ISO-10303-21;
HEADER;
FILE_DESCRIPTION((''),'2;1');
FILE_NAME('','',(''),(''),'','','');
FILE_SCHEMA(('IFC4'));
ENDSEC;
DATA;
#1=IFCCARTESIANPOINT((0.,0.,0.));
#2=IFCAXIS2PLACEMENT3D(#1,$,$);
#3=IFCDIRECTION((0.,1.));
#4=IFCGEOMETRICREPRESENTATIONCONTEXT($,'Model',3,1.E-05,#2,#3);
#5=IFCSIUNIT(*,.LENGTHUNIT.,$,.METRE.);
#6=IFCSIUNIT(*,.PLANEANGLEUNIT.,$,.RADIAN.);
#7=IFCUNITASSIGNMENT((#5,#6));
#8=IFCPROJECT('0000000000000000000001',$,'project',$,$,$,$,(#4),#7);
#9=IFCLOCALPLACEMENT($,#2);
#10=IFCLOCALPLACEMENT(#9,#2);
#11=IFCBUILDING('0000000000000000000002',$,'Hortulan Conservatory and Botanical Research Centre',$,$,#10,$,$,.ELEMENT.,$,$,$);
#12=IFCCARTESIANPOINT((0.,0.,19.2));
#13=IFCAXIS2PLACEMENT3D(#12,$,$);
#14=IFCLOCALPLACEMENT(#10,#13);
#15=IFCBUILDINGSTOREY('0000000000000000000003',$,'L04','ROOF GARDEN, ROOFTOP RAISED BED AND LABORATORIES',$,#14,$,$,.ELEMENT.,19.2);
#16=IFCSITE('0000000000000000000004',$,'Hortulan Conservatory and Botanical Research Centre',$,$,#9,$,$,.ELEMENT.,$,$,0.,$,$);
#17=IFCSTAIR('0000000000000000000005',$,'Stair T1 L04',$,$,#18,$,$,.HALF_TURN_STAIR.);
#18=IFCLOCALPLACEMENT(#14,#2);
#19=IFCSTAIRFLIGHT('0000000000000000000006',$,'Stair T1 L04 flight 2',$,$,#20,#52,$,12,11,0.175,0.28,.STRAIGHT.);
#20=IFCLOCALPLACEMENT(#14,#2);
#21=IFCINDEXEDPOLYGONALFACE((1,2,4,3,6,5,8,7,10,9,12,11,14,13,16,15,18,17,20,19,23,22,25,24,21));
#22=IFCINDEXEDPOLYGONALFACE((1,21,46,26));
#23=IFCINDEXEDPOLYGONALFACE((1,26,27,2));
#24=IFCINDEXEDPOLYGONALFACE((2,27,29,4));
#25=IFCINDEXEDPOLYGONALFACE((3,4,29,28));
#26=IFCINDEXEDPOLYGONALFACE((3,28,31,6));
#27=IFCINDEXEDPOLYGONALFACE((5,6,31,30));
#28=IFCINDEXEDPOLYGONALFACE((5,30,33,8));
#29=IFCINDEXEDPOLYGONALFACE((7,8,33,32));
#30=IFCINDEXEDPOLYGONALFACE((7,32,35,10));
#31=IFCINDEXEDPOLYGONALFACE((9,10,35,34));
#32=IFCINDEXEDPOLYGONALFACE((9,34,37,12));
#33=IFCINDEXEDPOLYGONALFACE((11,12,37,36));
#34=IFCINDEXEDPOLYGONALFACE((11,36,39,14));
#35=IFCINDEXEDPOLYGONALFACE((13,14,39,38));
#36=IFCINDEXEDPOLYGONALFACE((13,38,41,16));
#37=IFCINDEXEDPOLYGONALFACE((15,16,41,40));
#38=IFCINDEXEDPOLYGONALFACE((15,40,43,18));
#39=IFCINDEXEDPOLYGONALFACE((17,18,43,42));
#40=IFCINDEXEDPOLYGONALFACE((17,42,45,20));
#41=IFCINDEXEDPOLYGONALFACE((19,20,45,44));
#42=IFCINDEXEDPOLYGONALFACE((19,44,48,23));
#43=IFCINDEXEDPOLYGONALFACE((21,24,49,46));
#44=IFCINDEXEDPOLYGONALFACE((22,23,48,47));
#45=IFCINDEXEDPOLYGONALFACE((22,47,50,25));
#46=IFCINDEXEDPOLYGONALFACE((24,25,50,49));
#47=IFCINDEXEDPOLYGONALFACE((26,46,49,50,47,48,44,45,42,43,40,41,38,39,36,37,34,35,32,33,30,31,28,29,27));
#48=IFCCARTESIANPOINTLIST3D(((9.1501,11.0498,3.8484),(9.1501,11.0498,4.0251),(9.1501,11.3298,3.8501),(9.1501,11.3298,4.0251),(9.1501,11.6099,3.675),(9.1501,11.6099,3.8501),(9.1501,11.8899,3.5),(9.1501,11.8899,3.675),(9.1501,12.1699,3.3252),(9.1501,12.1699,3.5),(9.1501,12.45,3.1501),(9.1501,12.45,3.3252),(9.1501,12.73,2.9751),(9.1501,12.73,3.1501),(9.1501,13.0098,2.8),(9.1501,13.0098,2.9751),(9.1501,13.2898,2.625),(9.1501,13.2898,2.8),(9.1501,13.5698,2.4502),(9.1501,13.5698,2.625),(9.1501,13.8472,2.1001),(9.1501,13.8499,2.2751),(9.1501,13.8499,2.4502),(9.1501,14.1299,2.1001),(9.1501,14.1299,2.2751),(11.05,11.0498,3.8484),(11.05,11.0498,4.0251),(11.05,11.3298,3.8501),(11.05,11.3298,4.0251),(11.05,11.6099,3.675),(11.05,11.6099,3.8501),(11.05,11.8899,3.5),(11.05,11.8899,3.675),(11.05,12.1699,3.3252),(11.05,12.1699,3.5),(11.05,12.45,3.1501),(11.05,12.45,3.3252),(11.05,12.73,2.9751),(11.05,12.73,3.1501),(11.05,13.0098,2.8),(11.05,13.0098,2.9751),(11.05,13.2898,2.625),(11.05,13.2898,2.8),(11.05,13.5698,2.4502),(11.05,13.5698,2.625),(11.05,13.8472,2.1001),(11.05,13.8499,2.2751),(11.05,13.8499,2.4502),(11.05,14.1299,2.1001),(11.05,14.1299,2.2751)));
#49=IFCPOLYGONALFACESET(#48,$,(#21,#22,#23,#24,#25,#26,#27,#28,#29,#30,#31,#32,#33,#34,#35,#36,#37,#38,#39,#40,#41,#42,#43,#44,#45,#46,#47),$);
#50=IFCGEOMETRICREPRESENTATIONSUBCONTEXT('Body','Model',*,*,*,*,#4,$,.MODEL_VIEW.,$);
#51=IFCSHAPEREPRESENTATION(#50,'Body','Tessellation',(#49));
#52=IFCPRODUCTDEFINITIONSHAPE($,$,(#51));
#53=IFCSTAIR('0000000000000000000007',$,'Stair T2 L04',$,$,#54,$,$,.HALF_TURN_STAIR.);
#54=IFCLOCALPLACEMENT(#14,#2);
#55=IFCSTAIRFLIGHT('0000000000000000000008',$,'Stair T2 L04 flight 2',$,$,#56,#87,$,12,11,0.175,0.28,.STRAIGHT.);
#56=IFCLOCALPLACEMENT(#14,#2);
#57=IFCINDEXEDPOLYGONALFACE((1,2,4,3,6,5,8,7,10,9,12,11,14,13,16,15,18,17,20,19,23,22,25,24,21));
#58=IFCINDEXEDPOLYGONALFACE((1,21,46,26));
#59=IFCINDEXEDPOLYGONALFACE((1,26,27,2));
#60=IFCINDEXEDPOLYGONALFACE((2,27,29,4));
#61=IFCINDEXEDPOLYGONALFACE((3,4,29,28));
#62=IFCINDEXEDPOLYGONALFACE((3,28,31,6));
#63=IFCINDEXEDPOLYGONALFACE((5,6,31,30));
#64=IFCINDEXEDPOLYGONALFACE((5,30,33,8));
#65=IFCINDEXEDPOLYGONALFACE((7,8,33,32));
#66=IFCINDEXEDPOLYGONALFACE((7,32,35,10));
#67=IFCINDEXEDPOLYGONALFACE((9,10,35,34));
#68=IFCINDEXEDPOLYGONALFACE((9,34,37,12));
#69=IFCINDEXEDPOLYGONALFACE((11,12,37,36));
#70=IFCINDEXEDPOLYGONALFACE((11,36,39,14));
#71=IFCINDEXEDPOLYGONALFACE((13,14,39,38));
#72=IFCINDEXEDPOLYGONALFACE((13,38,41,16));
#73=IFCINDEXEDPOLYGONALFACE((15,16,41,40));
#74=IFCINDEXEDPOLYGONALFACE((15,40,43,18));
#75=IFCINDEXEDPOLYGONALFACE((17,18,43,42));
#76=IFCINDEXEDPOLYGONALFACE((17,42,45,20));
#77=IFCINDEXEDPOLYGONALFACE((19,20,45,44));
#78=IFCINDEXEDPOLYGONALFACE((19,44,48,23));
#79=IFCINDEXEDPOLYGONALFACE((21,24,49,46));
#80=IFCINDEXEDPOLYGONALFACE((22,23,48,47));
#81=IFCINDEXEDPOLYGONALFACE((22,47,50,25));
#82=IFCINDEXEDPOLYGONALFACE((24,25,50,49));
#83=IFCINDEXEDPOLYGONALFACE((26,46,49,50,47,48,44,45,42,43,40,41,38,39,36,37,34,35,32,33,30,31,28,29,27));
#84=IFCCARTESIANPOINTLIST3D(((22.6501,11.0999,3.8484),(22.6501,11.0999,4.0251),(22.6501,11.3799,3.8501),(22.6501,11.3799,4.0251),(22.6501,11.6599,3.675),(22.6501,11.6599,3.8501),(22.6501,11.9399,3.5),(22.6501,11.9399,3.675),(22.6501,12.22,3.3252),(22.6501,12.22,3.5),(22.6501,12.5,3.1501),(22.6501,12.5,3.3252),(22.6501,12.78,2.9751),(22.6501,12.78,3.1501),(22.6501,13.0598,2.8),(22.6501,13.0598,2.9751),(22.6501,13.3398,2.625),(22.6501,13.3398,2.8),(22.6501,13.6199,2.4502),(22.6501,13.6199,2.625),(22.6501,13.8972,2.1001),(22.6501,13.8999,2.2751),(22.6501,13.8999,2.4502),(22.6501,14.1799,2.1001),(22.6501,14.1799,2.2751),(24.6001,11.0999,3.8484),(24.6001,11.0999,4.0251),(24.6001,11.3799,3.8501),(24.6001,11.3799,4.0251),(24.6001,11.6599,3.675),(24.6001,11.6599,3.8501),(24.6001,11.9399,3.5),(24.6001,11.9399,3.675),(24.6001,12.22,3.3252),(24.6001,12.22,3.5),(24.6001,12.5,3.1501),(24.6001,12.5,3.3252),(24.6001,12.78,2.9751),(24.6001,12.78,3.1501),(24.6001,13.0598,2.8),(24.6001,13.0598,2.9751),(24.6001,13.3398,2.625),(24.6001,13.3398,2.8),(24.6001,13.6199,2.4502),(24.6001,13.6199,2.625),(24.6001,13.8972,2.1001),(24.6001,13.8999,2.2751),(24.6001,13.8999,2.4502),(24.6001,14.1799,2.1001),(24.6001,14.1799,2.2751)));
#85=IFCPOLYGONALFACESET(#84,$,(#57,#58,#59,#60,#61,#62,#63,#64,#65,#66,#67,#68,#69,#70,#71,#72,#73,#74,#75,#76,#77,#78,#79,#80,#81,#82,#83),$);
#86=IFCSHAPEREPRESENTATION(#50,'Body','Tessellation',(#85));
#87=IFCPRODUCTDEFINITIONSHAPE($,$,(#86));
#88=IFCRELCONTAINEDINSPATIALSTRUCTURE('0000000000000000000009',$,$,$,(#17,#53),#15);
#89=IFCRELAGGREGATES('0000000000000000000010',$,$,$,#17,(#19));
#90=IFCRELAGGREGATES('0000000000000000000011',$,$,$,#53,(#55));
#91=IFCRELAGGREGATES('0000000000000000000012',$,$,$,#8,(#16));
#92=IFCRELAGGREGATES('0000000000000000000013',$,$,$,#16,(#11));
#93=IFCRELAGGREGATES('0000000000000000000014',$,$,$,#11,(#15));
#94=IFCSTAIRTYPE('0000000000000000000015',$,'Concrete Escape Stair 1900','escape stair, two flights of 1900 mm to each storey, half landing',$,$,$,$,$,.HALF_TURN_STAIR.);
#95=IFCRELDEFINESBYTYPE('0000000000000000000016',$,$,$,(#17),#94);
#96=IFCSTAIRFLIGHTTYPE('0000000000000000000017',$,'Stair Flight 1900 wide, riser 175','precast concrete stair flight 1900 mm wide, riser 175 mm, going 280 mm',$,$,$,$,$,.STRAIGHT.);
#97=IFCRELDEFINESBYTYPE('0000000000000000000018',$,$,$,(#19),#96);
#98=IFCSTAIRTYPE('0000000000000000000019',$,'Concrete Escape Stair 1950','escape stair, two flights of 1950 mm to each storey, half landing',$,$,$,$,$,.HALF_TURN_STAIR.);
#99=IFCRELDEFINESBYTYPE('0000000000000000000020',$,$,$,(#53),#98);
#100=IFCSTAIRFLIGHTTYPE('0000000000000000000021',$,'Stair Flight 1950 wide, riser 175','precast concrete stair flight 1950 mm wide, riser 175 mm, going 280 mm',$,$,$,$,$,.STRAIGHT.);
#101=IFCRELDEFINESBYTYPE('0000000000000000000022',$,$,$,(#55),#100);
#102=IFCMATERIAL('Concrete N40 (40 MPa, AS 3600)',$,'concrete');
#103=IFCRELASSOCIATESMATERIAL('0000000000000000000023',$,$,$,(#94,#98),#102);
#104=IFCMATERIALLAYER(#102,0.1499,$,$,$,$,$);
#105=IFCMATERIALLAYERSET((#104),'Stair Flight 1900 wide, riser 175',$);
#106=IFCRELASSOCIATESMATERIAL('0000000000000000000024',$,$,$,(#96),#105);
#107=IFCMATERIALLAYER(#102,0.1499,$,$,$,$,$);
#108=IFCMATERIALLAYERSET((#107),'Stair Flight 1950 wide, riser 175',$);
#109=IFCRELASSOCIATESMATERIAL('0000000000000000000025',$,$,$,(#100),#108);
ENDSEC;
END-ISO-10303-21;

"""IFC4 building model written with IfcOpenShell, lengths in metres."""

from ifc_helpers import new_model, si_unit, direction, frame, origin, place, context, subcontext, project, spatial, polyline, outline, extrude, material, layer, layer_set, type_object, element, aggregate, save


model = new_model("IFC4")

# Units and contexts
model_context = context("Model", 3, precision=1e-05, world=origin(), true_north=direction((0.0, 1.0)))
body_context = subcontext(model_context, "Body", "Model", "MODEL_VIEW")
ifc_project = project(units=[si_unit("LENGTHUNIT", "METRE"), si_unit("PLANEANGLEUNIT", "RADIAN")], contexts=[model_context])

# Site, building, storey
site_placement = place(None, origin())
site = spatial("IfcSite", under=ifc_project, at=site_placement, Name="Hortulan Conservatory and Botanical Research Centre", CompositionType="ELEMENT", RefElevation=0.0)
building_placement = place(site_placement, origin())
building = spatial("IfcBuilding", under=site, at=building_placement, Name="Hortulan Conservatory and Botanical Research Centre", CompositionType="ELEMENT")
storey_placement = place(building_placement, frame((0.0, 0.0, 19.2)))
storey = spatial("IfcBuildingStorey", under=building, at=storey_placement, Name="L04", Description="ROOF GARDEN, ROOFTOP RAISED BED AND LABORATORIES", CompositionType="ELEMENT", Elevation=19.2)

# Stairs, stair flights
ifc_material_1 = material(Name="Concrete N40 (40 MPa, AS 3600)", Category="concrete")
stair_type_1 = type_object("IfcStairType", Name="Concrete Escape Stair 1900", Description="escape stair, two flights of 1900 mm to each storey, half landing", PredefinedType="HALF_TURN_STAIR", material=ifc_material_1)
stair_1_placement = place(storey_placement, origin())
stair_1 = element("IfcStair", 1, at=stair_1_placement, inside=storey, type_object=stair_type_1, Name="Stair T1 L04", PredefinedType="HALF_TURN_STAIR")
ifc_layer_1 = layer(ifc_material_1, 0.1499)
ifc_layer_set_1 = layer_set([ifc_layer_1], Name="Stair Flight 1900 wide, riser 175")
stair_flight_type_1 = type_object("IfcStairFlightType", Name="Stair Flight 1900 wide, riser 175", Description="precast concrete stair flight 1900 mm wide, riser 175 mm, going 280 mm", PredefinedType="STRAIGHT", material=ifc_layer_set_1)
stair_flight_1_placement = place(storey_placement, frame((10.1001, 14.1299, 2.1001), z_axis=(0.0, 0.0, 1.0), x_axis=(0.0, -1.0, 0.0)))
stair_flight_1 = element("IfcStairFlight", 2, at=stair_flight_1_placement, type_object=stair_flight_type_1, Name="Stair T1 L04 flight 2", NumberOfRisers=12, NumberOfTreads=11, PredefinedType="STRAIGHT", RiserHeight=0.175, TreadLength=0.28, context=body_context, shape_type="SweptSolid", body=[
    extrude(outline(polyline([(0.0, 0.0), (0.0, 0.175), (0.28, 0.175), (0.28, 0.3501), (0.5601, 0.3501), (0.5601, 0.5249), (0.8401, 0.5249), (0.8401, 0.7), (1.1201, 0.7), (1.1201, 0.875), (1.3999, 0.875), (1.3999, 1.05), (1.6799, 1.05), (1.6799, 1.2251), (1.96, 1.2251), (1.96, 1.3999), (2.24, 1.3999), (2.24, 1.575), (2.52, 1.575), (2.52, 1.75), (2.8, 1.75), (2.8, 1.925), (3.0801, 1.925), (3.0801, 2.1001), (3.0801, 1.7483), (0.2827, 0.0), (0.0, 0.0)])), frame((0.0, 0.95, 0.0), z_axis=(0.0, -1.0, 0.0), x_axis=(1.0, 0.0, 0.0)), (0.0, 0.0, 1.0), 1.8999),
])
aggregate(stair_1, [stair_flight_1])
stair_type_2 = type_object("IfcStairType", Name="Concrete Escape Stair 1950", Description="escape stair, two flights of 1950 mm to each storey, half landing", PredefinedType="HALF_TURN_STAIR", material=ifc_material_1)
stair_2_placement = place(storey_placement, origin())
stair_2 = element("IfcStair", 3, at=stair_2_placement, inside=storey, type_object=stair_type_2, Name="Stair T2 L04", PredefinedType="HALF_TURN_STAIR")
ifc_layer_2 = layer(ifc_material_1, 0.1499)
ifc_layer_set_2 = layer_set([ifc_layer_2], Name="Stair Flight 1950 wide, riser 175")
stair_flight_type_2 = type_object("IfcStairFlightType", Name="Stair Flight 1950 wide, riser 175", Description="precast concrete stair flight 1950 mm wide, riser 175 mm, going 280 mm", PredefinedType="STRAIGHT", material=ifc_layer_set_2)
stair_flight_2_placement = place(storey_placement, frame((23.625, 14.1799, 2.1001), z_axis=(0.0, 0.0, 1.0), x_axis=(0.0, -1.0, 0.0)))
stair_flight_2 = element("IfcStairFlight", 4, at=stair_flight_2_placement, type_object=stair_flight_type_2, Name="Stair T2 L04 flight 2", NumberOfRisers=12, NumberOfTreads=11, PredefinedType="STRAIGHT", RiserHeight=0.175, TreadLength=0.28, context=body_context, shape_type="SweptSolid", body=[
    extrude(outline(polyline([(0.0, 0.0), (0.0, 0.175), (0.28, 0.175), (0.28, 0.3501), (0.5601, 0.3501), (0.5601, 0.5249), (0.8401, 0.5249), (0.8401, 0.7), (1.1201, 0.7), (1.1201, 0.875), (1.3999, 0.875), (1.3999, 1.05), (1.6799, 1.05), (1.6799, 1.2251), (1.96, 1.2251), (1.96, 1.3999), (2.24, 1.3999), (2.24, 1.575), (2.52, 1.575), (2.52, 1.75), (2.8, 1.75), (2.8, 1.925), (3.0801, 1.925), (3.0801, 2.1001), (3.0801, 1.7483), (0.2827, 0.0), (0.0, 0.0)])), frame((0.0, 0.9751, 0.0), z_axis=(0.0, -1.0, 0.0), x_axis=(1.0, 0.0, 0.0)), (0.0, 0.0, 1.0), 1.95),
])
aggregate(stair_2, [stair_flight_2])

save(model, "model.ifc")
